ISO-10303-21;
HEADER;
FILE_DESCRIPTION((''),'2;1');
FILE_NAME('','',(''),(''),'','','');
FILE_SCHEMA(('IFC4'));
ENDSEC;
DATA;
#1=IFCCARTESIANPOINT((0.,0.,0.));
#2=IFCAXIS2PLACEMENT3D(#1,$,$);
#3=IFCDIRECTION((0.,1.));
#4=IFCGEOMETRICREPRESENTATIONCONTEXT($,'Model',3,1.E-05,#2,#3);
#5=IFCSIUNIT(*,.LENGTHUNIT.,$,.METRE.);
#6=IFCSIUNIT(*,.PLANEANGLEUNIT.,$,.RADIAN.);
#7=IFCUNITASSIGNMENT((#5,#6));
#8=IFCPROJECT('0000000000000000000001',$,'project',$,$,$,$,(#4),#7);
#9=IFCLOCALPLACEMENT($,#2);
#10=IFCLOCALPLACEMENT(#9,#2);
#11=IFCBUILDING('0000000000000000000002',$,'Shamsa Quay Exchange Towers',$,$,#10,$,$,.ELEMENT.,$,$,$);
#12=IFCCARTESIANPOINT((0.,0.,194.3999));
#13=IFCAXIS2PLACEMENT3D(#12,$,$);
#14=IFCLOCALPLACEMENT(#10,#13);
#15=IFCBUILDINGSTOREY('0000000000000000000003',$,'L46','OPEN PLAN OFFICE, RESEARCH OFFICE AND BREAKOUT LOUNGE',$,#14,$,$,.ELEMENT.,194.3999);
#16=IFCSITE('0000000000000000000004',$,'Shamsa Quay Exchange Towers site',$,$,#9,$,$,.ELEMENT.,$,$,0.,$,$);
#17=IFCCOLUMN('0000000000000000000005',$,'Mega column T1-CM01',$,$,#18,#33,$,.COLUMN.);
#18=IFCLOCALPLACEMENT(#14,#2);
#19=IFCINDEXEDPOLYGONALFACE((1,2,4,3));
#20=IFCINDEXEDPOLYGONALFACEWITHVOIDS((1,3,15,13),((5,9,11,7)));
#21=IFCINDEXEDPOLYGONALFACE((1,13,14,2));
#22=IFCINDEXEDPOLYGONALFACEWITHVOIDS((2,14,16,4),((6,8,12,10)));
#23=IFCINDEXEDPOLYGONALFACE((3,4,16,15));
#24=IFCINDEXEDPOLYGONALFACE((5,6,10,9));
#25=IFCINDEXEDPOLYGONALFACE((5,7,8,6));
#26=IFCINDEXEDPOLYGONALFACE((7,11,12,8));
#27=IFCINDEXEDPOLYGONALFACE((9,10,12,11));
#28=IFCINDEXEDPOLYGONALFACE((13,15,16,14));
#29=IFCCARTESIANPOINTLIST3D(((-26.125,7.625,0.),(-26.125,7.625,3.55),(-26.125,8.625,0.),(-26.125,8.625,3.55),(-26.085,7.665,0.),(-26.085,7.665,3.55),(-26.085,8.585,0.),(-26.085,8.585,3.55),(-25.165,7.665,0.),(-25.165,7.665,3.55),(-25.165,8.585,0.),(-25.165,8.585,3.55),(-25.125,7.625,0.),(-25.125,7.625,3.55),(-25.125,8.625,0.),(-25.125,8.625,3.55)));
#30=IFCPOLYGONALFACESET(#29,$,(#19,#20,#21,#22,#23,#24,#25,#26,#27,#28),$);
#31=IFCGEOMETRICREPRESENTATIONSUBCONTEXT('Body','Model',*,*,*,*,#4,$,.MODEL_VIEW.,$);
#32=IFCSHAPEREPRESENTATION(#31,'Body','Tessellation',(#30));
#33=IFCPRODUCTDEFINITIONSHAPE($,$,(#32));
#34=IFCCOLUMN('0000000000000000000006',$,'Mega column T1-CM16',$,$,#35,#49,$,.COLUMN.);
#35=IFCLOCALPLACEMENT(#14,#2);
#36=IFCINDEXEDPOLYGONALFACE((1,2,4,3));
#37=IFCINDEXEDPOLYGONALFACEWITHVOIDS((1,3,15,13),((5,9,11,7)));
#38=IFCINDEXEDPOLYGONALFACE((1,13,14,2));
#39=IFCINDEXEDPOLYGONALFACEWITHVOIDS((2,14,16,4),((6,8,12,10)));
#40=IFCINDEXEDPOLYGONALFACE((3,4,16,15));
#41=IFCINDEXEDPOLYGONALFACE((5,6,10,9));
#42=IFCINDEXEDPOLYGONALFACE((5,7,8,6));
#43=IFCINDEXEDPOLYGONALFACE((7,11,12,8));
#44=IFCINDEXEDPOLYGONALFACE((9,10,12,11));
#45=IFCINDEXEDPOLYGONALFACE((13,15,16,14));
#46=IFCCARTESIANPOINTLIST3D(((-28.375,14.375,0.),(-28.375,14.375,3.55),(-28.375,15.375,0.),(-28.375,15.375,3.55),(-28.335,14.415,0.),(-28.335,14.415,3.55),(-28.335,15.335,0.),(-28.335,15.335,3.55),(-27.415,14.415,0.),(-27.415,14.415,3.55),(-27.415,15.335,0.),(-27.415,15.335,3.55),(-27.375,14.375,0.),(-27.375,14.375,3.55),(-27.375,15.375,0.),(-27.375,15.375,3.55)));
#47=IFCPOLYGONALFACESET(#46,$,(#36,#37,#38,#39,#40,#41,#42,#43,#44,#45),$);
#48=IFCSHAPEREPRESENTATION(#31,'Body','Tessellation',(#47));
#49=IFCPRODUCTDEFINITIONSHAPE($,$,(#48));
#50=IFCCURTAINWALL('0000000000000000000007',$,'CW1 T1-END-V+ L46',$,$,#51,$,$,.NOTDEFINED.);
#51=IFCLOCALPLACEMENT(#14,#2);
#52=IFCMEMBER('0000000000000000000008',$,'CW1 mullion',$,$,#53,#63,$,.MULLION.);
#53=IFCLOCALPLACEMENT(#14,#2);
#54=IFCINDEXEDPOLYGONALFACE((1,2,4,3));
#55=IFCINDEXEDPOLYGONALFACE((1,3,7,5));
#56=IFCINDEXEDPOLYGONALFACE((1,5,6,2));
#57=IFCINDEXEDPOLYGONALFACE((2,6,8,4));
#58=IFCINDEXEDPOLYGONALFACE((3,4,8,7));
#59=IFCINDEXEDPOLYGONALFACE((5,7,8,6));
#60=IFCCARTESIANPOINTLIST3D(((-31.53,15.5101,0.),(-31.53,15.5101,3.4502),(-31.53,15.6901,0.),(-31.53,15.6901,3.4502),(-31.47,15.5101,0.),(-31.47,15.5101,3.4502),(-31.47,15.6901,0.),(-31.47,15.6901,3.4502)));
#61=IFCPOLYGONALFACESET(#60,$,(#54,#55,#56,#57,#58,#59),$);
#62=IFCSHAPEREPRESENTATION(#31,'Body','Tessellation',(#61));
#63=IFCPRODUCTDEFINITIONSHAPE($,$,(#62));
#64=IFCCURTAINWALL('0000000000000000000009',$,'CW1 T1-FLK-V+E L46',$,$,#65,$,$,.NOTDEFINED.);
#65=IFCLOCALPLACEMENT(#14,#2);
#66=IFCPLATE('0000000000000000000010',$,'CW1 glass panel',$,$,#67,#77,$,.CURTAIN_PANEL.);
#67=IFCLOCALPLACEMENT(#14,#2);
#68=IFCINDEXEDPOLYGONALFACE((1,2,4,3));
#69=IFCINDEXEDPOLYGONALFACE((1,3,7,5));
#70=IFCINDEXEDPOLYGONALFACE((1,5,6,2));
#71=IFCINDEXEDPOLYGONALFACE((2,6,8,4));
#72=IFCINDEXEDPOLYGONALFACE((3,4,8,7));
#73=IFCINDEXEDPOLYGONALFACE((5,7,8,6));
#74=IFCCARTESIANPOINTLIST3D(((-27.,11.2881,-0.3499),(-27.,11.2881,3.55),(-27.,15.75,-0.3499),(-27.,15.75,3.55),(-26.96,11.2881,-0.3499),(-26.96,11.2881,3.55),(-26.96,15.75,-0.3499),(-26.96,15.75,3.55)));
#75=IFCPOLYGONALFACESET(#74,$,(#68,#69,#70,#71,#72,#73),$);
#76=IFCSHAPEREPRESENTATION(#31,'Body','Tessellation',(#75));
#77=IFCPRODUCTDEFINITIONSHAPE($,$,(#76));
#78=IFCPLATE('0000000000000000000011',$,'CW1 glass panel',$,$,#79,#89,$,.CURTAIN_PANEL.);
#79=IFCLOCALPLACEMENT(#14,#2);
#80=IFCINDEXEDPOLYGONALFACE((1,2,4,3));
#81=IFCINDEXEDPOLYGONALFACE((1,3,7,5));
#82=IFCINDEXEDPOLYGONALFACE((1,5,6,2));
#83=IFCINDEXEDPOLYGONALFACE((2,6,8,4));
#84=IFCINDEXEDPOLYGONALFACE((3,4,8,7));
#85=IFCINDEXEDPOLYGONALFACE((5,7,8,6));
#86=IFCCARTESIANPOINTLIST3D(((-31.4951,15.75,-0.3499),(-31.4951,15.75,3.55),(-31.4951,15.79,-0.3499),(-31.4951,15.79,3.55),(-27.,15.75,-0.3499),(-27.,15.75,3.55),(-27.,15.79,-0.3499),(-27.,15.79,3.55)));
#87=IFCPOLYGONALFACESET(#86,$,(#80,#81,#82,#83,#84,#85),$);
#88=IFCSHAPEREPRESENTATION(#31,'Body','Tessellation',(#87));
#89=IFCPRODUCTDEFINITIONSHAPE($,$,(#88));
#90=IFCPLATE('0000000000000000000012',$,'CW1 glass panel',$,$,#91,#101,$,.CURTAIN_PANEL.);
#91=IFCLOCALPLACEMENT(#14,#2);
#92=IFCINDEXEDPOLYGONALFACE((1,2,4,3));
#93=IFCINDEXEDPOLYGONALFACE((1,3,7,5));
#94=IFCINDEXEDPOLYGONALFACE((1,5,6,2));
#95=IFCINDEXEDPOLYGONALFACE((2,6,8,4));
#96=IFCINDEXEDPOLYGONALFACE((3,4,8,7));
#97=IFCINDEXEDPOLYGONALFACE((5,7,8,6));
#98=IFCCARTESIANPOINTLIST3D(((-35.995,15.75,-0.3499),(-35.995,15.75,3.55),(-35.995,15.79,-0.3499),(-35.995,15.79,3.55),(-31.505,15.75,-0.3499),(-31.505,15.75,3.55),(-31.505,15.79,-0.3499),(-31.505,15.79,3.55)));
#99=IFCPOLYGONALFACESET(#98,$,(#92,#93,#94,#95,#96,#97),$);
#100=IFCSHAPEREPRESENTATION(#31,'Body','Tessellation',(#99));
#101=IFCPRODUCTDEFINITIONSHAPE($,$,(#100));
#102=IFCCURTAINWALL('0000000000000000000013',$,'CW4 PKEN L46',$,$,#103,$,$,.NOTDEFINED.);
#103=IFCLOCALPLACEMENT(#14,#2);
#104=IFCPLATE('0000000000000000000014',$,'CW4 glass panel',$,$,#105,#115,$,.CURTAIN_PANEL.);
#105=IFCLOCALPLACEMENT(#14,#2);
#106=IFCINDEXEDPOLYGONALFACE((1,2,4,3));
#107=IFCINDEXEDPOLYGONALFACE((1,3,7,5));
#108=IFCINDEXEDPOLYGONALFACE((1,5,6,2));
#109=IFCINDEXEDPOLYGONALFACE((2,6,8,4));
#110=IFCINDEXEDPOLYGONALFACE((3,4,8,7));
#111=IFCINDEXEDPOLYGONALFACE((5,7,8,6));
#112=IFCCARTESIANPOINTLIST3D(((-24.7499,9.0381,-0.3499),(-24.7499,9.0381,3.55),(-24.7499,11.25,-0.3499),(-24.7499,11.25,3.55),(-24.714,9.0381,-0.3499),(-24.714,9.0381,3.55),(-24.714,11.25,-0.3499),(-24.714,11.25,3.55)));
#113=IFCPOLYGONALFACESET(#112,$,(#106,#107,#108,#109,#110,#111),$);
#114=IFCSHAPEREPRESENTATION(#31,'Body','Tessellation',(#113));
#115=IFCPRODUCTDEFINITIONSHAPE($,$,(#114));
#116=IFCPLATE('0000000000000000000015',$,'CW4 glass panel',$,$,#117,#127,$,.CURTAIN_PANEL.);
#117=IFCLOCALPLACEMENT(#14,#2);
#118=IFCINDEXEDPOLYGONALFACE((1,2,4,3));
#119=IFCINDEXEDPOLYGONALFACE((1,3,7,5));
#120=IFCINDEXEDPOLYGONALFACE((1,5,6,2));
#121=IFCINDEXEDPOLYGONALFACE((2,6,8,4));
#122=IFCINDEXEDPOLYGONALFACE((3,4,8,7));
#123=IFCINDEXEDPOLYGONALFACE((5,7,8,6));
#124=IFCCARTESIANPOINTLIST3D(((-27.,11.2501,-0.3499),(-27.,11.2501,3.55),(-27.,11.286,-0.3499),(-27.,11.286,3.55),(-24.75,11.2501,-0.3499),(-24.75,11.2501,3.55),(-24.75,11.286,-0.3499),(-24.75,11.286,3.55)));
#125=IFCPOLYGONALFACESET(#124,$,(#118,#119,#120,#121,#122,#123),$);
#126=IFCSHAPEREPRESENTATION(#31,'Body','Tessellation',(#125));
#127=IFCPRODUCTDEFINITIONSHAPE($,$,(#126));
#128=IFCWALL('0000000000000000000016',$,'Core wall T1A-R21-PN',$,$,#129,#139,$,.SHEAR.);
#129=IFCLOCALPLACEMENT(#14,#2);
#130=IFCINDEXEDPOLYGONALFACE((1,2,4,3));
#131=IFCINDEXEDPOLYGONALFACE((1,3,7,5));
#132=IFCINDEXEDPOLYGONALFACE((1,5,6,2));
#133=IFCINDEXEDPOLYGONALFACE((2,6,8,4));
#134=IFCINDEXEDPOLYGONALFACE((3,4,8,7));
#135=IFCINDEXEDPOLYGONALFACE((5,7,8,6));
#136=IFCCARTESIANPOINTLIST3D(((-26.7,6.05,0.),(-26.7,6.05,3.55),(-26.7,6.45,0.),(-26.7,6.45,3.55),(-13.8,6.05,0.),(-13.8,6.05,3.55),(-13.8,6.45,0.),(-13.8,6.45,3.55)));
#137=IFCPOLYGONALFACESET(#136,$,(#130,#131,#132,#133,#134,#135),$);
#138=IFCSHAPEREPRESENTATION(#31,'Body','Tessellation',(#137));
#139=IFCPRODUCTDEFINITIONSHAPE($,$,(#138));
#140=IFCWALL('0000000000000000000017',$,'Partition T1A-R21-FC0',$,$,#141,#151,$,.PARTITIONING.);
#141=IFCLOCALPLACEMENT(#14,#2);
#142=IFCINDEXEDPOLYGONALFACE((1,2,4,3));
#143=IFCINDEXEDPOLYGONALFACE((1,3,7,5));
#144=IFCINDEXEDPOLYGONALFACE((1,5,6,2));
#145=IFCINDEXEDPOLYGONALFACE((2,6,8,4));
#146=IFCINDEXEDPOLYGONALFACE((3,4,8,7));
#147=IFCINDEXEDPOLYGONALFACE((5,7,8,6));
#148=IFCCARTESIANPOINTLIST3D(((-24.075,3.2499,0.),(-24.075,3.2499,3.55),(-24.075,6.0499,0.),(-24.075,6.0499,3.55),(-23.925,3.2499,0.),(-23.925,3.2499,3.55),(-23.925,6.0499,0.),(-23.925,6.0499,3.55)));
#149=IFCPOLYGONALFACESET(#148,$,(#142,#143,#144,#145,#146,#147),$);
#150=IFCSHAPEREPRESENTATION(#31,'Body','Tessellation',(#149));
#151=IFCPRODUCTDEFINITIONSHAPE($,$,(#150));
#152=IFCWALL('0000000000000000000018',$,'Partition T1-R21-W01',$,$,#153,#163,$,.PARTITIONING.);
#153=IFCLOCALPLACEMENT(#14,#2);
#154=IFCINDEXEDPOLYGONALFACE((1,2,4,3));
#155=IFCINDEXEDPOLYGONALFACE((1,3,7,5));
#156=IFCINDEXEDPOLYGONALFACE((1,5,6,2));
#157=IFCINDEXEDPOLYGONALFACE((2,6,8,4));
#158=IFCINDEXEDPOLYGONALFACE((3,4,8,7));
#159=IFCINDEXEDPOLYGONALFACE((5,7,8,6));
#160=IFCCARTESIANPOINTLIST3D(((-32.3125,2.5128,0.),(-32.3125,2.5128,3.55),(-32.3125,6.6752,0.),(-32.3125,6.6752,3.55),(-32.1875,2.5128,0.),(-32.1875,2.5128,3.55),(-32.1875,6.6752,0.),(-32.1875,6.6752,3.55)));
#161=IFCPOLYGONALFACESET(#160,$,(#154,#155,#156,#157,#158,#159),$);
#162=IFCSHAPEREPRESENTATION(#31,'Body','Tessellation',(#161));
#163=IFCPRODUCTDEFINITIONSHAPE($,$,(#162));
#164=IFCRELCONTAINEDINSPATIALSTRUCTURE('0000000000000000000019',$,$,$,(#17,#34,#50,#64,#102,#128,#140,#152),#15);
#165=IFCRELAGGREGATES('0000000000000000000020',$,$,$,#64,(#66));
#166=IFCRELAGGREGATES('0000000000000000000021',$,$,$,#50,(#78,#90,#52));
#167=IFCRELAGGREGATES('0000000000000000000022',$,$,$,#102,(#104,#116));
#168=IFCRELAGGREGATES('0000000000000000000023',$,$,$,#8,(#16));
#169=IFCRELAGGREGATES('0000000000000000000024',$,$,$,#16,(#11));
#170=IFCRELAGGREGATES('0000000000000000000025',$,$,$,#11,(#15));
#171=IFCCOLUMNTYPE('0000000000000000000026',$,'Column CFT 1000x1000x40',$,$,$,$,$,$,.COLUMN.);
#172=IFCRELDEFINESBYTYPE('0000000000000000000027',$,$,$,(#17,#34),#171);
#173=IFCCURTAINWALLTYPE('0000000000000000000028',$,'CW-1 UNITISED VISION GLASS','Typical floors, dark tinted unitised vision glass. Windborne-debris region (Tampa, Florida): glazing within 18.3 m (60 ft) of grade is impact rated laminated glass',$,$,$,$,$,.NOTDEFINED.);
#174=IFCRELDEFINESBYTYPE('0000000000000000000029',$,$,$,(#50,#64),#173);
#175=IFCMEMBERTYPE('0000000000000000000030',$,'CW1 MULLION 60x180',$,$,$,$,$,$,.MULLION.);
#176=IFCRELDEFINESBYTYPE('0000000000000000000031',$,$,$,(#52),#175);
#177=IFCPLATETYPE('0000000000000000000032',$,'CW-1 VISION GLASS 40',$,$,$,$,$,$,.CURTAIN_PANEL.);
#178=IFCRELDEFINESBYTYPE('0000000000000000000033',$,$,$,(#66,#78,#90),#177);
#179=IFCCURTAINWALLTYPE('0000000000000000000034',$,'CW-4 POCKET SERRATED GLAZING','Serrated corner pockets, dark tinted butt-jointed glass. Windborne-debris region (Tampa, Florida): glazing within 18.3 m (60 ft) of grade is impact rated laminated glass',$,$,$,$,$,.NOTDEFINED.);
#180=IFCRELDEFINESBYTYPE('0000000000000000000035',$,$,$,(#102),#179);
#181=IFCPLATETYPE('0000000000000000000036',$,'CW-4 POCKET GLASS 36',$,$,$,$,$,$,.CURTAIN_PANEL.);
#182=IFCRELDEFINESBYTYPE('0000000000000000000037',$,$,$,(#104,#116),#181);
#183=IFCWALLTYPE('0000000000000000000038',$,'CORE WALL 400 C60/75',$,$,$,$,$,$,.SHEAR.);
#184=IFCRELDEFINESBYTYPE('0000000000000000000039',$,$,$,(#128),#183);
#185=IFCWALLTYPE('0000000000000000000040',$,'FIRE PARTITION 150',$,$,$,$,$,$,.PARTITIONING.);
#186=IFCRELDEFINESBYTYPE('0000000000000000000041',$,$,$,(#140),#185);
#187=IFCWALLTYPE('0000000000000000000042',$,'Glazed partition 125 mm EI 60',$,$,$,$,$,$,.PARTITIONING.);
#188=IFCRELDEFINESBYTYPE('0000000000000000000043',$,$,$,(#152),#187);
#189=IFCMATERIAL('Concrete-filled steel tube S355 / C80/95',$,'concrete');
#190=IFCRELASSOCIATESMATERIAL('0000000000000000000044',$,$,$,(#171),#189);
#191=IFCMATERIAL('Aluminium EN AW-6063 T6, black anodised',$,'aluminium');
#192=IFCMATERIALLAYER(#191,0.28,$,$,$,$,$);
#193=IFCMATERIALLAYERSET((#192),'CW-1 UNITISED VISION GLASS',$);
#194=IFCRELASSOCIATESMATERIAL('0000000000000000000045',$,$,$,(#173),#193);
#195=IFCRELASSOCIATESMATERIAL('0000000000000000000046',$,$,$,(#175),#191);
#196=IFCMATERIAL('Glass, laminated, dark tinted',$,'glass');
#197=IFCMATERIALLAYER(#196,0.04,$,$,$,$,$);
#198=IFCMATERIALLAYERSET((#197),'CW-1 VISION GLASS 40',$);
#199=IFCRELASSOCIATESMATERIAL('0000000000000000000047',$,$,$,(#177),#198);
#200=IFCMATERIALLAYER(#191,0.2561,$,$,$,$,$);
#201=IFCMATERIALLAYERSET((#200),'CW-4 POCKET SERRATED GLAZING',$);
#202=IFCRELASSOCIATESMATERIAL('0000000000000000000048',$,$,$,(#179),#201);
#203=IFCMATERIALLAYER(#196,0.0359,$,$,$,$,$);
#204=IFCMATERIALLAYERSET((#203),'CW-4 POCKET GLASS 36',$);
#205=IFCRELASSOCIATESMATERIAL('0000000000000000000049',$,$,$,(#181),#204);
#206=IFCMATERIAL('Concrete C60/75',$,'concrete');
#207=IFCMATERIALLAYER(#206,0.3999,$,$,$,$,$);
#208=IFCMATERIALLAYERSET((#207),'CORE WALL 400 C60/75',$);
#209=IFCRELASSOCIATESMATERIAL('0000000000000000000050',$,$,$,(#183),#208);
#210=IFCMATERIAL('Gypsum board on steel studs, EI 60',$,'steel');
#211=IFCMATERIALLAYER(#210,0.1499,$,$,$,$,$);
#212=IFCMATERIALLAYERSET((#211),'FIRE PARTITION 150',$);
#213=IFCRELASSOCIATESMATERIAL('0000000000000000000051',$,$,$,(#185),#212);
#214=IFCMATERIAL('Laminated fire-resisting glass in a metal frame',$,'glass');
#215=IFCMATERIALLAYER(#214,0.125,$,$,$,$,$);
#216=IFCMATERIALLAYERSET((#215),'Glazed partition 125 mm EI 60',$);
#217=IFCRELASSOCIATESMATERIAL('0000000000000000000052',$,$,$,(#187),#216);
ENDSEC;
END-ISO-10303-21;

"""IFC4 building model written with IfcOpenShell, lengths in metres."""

from ifc_helpers import new_model, si_unit, direction, frame, frame_2d, origin, origin_2d, place, context, subcontext, project, spatial, rectangle, hollow_rectangle, extrude, material, layer, layer_set, material_profile, profile_set, type_object, element, aggregate, save


model = new_model("IFC4")

# Units and contexts
model_context = context("Model", 3, precision=1e-05, world=origin(), true_north=direction((0.0, 1.0)))
body_context = subcontext(model_context, "Body", "Model", "MODEL_VIEW")
ifc_project = project(units=[si_unit("LENGTHUNIT", "METRE"), si_unit("PLANEANGLEUNIT", "RADIAN")], contexts=[model_context])

# Site, building, storey
site_placement = place(None, origin())
site = spatial("IfcSite", under=ifc_project, at=site_placement, Name="Shamsa Quay Exchange Towers site", CompositionType="ELEMENT", RefElevation=0.0)
building_placement = place(site_placement, origin())
building = spatial("IfcBuilding", under=site, at=building_placement, Name="Shamsa Quay Exchange Towers", CompositionType="ELEMENT")
storey_placement = place(building_placement, frame((0.0, 0.0, 194.3999)))
storey = spatial("IfcBuildingStorey", under=building, at=storey_placement, Name="L46", Description="OPEN PLAN OFFICE, RESEARCH OFFICE AND BREAKOUT LOUNGE", CompositionType="ELEMENT", Elevation=194.3999)

# Columns
ifc_material_1 = material(Name="Concrete-filled steel tube S355 / C80/95", Category="concrete")
ifc_material_profile_1 = material_profile(ifc_material_1, hollow_rectangle(XDim=1.0, YDim=1.0, WallThickness=0.04, at=origin_2d()), Name="CFT 1000x1000x40")
ifc_profile_set_1 = profile_set([ifc_material_profile_1], Name="Concrete-filled steel tube S355 / C80/95")
column_type = type_object("IfcColumnType", Name="Column CFT 1000x1000x40", PredefinedType="COLUMN", material=ifc_profile_set_1)
for number, where, name in (
    (1, (-25.625, 8.125, 0.0), "Mega column T1-CM01"),
    (2, (-27.875, 14.875, 0.0), "Mega column T1-CM16"),
):
    element("IfcColumn", number, at=place(storey_placement, frame(where)), inside=storey, type_object=column_type, Name=name, PredefinedType="COLUMN", context=body_context, shape_type="SweptSolid", body=[
        extrude(hollow_rectangle(XDim=1.0, YDim=1.0, WallThickness=0.04, at=origin_2d()), origin(), (0.0, 0.0, 1.0), 3.55),
    ])

# Curtain wall, member
ifc_material_2 = material(Name="Aluminium EN AW-6063 T6, black anodised", Category="aluminium")
ifc_layer_1 = layer(ifc_material_2, 0.28)
ifc_layer_set_1 = layer_set([ifc_layer_1], Name="CW-1 UNITISED VISION GLASS")
curtain_wall_type_1 = type_object("IfcCurtainWallType", Name="CW-1 UNITISED VISION GLASS", Description="Typical floors, dark tinted unitised vision glass. Windborne-debris region (Tampa, Florida): glazing within 18.3 m (60 ft) of grade is impact rated laminated glass", PredefinedType="NOTDEFINED", material=ifc_layer_set_1)
curtain_wall_1_placement = place(storey_placement, origin())
curtain_wall_1 = element("IfcCurtainWall", 3, at=curtain_wall_1_placement, inside=storey, type_object=curtain_wall_type_1, Name="CW1 T1-END-V+ L46", PredefinedType="NOTDEFINED")
ifc_material_profile_2 = material_profile(ifc_material_2, rectangle(XDim=0.1799, YDim=0.0601, at=origin_2d()), Name="MU60x180")
ifc_profile_set_2 = profile_set([ifc_material_profile_2], Name="Aluminium EN AW-6063 T6, black anodised")
member_type = type_object("IfcMemberType", Name="CW1 MULLION 60x180", PredefinedType="MULLION", material=ifc_profile_set_2)
member_placement = place(storey_placement, frame((-31.5, 15.6001, 0.0), z_axis=(0.0, 0.0, 1.0), x_axis=(0.0, -1.0, 0.0)))
member = element("IfcMember", 4, at=member_placement, type_object=member_type, Name="CW1 mullion", PredefinedType="MULLION", context=body_context, shape_type="SweptSolid", body=[
    extrude(rectangle(XDim=0.1799, YDim=0.0601, at=origin_2d()), origin(), (0.0, 0.0, 1.0), 3.4502),
])

# Curtain wall, plate
curtain_wall_2_placement = place(storey_placement, origin())
curtain_wall_2 = element("IfcCurtainWall", 5, at=curtain_wall_2_placement, inside=storey, type_object=curtain_wall_type_1, Name="CW1 T1-FLK-V+E L46", PredefinedType="NOTDEFINED")
ifc_material_3 = material(Name="Glass, laminated, dark tinted", Category="glass")
ifc_layer_2 = layer(ifc_material_3, 0.04)
ifc_layer_set_2 = layer_set([ifc_layer_2], Name="CW-1 VISION GLASS 40")
plate_type_1 = type_object("IfcPlateType", Name="CW-1 VISION GLASS 40", PredefinedType="CURTAIN_PANEL", material=ifc_layer_set_2)
plate_1_placement = place(storey_placement, frame((-26.98, 13.519, -0.3499), z_axis=(0.0, 0.0, 1.0), x_axis=(0.0, 1.0, 0.0)))
plate_1 = element("IfcPlate", 6, at=plate_1_placement, type_object=plate_type_1, Name="CW1 glass panel", PredefinedType="CURTAIN_PANEL", context=body_context, shape_type="SweptSolid", body=[
    extrude(rectangle(XDim=4.4619, YDim=0.04, at=origin_2d()), origin(), (0.0, 0.0, 1.0), 3.8999),
])
aggregate(curtain_wall_2, [plate_1])

# Plates
plate_2_placement = place(storey_placement, frame((-29.2476, 15.77, -0.3499), z_axis=(0.0, 0.0, 1.0), x_axis=(-1.0, 0.0, 0.0)))
plate_2 = element("IfcPlate", 7, at=plate_2_placement, type_object=plate_type_1, Name="CW1 glass panel", PredefinedType="CURTAIN_PANEL", context=body_context, shape_type="SweptSolid", body=[
    extrude(rectangle(XDim=4.4951, YDim=0.04, at=origin_2d()), origin(), (0.0, 0.0, 1.0), 3.8999),
])
plate_3_placement = place(storey_placement, frame((-33.75, 15.77, -0.3499), z_axis=(0.0, 0.0, 1.0), x_axis=(-1.0, 0.0, 0.0)))
plate_3 = element("IfcPlate", 8, at=plate_3_placement, type_object=plate_type_1, Name="CW1 glass panel", PredefinedType="CURTAIN_PANEL", context=body_context, shape_type="SweptSolid", body=[
    extrude(rectangle(XDim=4.49, YDim=0.04, at=origin_2d()), origin(), (0.0, 0.0, 1.0), 3.8999),
])
aggregate(curtain_wall_1, [plate_2, plate_3, member])

# Curtain wall, plates
ifc_layer_3 = layer(ifc_material_2, 0.2561)
ifc_layer_set_3 = layer_set([ifc_layer_3], Name="CW-4 POCKET SERRATED GLAZING")
curtain_wall_type_2 = type_object("IfcCurtainWallType", Name="CW-4 POCKET SERRATED GLAZING", Description="Serrated corner pockets, dark tinted butt-jointed glass. Windborne-debris region (Tampa, Florida): glazing within 18.3 m (60 ft) of grade is impact rated laminated glass", PredefinedType="NOTDEFINED", material=ifc_layer_set_3)
curtain_wall_3_placement = place(storey_placement, origin())
curtain_wall_3 = element("IfcCurtainWall", 9, at=curtain_wall_3_placement, inside=storey, type_object=curtain_wall_type_2, Name="CW4 PKEN L46", PredefinedType="NOTDEFINED")
ifc_layer_4 = layer(ifc_material_3, 0.0359)
ifc_layer_set_4 = layer_set([ifc_layer_4], Name="CW-4 POCKET GLASS 36")
plate_type_2 = type_object("IfcPlateType", Name="CW-4 POCKET GLASS 36", PredefinedType="CURTAIN_PANEL", material=ifc_layer_set_4)
plate_4_placement = place(storey_placement, frame((-24.7319, 10.144, -0.3499), z_axis=(0.0, 0.0, 1.0), x_axis=(0.0, 1.0, 0.0)))
plate_4 = element("IfcPlate", 10, at=plate_4_placement, type_object=plate_type_2, Name="CW4 glass panel", PredefinedType="CURTAIN_PANEL", context=body_context, shape_type="SweptSolid", body=[
    extrude(rectangle(XDim=2.2119, YDim=0.0359, at=origin_2d()), origin(), (0.0, 0.0, 1.0), 3.8999),
])
plate_5_placement = place(storey_placement, frame((-25.875, 11.2681, -0.3499), z_axis=(0.0, 0.0, 1.0), x_axis=(-1.0, 0.0, 0.0)))
plate_5 = element("IfcPlate", 11, at=plate_5_placement, type_object=plate_type_2, Name="CW4 glass panel", PredefinedType="CURTAIN_PANEL", context=body_context, shape_type="SweptSolid", body=[
    extrude(rectangle(XDim=2.25, YDim=0.0359, at=origin_2d()), origin(), (0.0, 0.0, 1.0), 3.8999),
])
aggregate(curtain_wall_3, [plate_4, plate_5])

# Wall
ifc_material_4 = material(Name="Concrete C60/75", Category="concrete")
ifc_layer_5 = layer(ifc_material_4, 0.3999)
ifc_layer_set_5 = layer_set([ifc_layer_5], Name="CORE WALL 400 C60/75")
wall_type_1 = type_object("IfcWallType", Name="CORE WALL 400 C60/75", PredefinedType="SHEAR", material=ifc_layer_set_5)
wall_1_placement = place(storey_placement, frame((-26.7, 6.25, 0.0)))
element("IfcWall", 12, at=wall_1_placement, inside=storey, type_object=wall_type_1, Name="Core wall T1A-R21-PN", PredefinedType="SHEAR", context=body_context, shape_type="SweptSolid", body=[
    extrude(rectangle(XDim=12.8999, YDim=0.3999, at=frame_2d((6.45, 0.0))), origin(), (0.0, 0.0, 1.0), 3.55),
])

# Walls
ifc_material_5 = material(Name="Gypsum board on steel studs, EI 60", Category="steel")
ifc_layer_6 = layer(ifc_material_5, 0.1499)
ifc_layer_set_6 = layer_set([ifc_layer_6], Name="FIRE PARTITION 150")
wall_type_2 = type_object("IfcWallType", Name="FIRE PARTITION 150", PredefinedType="PARTITIONING", material=ifc_layer_set_6)
wall_2_placement = place(storey_placement, frame((-24.0, 3.25, 0.0), z_axis=(0.0, 0.0, 1.0), x_axis=(0.0, 1.0, 0.0)))
element("IfcWall", 13, at=wall_2_placement, inside=storey, type_object=wall_type_2, Name="Partition T1A-R21-FC0", PredefinedType="PARTITIONING", context=body_context, shape_type="SweptSolid", body=[
    extrude(rectangle(XDim=2.8, YDim=0.1499, at=frame_2d((1.3999, 0.0))), origin(), (0.0, 0.0, 1.0), 3.55),
])
ifc_material_6 = material(Name="Laminated fire-resisting glass in a metal frame", Category="glass")
ifc_layer_7 = layer(ifc_material_6, 0.125)
ifc_layer_set_7 = layer_set([ifc_layer_7], Name="Glazed partition 125 mm EI 60")
wall_type_3 = type_object("IfcWallType", Name="Glazed partition 125 mm EI 60", PredefinedType="PARTITIONING", material=ifc_layer_set_7)
wall_3_placement = place(storey_placement, frame((-32.25, 6.675, 0.0), z_axis=(0.0, 0.0, 1.0), x_axis=(0.0, -1.0, 0.0)))
element("IfcWall", 14, at=wall_3_placement, inside=storey, type_object=wall_type_3, Name="Partition T1-R21-W01", PredefinedType="PARTITIONING", context=body_context, shape_type="SweptSolid", body=[
    extrude(rectangle(XDim=4.1624, YDim=0.125, at=frame_2d((2.0811, 0.0))), origin(), (0.0, 0.0, 1.0), 3.55),
])

save(model, "model.ifc")
